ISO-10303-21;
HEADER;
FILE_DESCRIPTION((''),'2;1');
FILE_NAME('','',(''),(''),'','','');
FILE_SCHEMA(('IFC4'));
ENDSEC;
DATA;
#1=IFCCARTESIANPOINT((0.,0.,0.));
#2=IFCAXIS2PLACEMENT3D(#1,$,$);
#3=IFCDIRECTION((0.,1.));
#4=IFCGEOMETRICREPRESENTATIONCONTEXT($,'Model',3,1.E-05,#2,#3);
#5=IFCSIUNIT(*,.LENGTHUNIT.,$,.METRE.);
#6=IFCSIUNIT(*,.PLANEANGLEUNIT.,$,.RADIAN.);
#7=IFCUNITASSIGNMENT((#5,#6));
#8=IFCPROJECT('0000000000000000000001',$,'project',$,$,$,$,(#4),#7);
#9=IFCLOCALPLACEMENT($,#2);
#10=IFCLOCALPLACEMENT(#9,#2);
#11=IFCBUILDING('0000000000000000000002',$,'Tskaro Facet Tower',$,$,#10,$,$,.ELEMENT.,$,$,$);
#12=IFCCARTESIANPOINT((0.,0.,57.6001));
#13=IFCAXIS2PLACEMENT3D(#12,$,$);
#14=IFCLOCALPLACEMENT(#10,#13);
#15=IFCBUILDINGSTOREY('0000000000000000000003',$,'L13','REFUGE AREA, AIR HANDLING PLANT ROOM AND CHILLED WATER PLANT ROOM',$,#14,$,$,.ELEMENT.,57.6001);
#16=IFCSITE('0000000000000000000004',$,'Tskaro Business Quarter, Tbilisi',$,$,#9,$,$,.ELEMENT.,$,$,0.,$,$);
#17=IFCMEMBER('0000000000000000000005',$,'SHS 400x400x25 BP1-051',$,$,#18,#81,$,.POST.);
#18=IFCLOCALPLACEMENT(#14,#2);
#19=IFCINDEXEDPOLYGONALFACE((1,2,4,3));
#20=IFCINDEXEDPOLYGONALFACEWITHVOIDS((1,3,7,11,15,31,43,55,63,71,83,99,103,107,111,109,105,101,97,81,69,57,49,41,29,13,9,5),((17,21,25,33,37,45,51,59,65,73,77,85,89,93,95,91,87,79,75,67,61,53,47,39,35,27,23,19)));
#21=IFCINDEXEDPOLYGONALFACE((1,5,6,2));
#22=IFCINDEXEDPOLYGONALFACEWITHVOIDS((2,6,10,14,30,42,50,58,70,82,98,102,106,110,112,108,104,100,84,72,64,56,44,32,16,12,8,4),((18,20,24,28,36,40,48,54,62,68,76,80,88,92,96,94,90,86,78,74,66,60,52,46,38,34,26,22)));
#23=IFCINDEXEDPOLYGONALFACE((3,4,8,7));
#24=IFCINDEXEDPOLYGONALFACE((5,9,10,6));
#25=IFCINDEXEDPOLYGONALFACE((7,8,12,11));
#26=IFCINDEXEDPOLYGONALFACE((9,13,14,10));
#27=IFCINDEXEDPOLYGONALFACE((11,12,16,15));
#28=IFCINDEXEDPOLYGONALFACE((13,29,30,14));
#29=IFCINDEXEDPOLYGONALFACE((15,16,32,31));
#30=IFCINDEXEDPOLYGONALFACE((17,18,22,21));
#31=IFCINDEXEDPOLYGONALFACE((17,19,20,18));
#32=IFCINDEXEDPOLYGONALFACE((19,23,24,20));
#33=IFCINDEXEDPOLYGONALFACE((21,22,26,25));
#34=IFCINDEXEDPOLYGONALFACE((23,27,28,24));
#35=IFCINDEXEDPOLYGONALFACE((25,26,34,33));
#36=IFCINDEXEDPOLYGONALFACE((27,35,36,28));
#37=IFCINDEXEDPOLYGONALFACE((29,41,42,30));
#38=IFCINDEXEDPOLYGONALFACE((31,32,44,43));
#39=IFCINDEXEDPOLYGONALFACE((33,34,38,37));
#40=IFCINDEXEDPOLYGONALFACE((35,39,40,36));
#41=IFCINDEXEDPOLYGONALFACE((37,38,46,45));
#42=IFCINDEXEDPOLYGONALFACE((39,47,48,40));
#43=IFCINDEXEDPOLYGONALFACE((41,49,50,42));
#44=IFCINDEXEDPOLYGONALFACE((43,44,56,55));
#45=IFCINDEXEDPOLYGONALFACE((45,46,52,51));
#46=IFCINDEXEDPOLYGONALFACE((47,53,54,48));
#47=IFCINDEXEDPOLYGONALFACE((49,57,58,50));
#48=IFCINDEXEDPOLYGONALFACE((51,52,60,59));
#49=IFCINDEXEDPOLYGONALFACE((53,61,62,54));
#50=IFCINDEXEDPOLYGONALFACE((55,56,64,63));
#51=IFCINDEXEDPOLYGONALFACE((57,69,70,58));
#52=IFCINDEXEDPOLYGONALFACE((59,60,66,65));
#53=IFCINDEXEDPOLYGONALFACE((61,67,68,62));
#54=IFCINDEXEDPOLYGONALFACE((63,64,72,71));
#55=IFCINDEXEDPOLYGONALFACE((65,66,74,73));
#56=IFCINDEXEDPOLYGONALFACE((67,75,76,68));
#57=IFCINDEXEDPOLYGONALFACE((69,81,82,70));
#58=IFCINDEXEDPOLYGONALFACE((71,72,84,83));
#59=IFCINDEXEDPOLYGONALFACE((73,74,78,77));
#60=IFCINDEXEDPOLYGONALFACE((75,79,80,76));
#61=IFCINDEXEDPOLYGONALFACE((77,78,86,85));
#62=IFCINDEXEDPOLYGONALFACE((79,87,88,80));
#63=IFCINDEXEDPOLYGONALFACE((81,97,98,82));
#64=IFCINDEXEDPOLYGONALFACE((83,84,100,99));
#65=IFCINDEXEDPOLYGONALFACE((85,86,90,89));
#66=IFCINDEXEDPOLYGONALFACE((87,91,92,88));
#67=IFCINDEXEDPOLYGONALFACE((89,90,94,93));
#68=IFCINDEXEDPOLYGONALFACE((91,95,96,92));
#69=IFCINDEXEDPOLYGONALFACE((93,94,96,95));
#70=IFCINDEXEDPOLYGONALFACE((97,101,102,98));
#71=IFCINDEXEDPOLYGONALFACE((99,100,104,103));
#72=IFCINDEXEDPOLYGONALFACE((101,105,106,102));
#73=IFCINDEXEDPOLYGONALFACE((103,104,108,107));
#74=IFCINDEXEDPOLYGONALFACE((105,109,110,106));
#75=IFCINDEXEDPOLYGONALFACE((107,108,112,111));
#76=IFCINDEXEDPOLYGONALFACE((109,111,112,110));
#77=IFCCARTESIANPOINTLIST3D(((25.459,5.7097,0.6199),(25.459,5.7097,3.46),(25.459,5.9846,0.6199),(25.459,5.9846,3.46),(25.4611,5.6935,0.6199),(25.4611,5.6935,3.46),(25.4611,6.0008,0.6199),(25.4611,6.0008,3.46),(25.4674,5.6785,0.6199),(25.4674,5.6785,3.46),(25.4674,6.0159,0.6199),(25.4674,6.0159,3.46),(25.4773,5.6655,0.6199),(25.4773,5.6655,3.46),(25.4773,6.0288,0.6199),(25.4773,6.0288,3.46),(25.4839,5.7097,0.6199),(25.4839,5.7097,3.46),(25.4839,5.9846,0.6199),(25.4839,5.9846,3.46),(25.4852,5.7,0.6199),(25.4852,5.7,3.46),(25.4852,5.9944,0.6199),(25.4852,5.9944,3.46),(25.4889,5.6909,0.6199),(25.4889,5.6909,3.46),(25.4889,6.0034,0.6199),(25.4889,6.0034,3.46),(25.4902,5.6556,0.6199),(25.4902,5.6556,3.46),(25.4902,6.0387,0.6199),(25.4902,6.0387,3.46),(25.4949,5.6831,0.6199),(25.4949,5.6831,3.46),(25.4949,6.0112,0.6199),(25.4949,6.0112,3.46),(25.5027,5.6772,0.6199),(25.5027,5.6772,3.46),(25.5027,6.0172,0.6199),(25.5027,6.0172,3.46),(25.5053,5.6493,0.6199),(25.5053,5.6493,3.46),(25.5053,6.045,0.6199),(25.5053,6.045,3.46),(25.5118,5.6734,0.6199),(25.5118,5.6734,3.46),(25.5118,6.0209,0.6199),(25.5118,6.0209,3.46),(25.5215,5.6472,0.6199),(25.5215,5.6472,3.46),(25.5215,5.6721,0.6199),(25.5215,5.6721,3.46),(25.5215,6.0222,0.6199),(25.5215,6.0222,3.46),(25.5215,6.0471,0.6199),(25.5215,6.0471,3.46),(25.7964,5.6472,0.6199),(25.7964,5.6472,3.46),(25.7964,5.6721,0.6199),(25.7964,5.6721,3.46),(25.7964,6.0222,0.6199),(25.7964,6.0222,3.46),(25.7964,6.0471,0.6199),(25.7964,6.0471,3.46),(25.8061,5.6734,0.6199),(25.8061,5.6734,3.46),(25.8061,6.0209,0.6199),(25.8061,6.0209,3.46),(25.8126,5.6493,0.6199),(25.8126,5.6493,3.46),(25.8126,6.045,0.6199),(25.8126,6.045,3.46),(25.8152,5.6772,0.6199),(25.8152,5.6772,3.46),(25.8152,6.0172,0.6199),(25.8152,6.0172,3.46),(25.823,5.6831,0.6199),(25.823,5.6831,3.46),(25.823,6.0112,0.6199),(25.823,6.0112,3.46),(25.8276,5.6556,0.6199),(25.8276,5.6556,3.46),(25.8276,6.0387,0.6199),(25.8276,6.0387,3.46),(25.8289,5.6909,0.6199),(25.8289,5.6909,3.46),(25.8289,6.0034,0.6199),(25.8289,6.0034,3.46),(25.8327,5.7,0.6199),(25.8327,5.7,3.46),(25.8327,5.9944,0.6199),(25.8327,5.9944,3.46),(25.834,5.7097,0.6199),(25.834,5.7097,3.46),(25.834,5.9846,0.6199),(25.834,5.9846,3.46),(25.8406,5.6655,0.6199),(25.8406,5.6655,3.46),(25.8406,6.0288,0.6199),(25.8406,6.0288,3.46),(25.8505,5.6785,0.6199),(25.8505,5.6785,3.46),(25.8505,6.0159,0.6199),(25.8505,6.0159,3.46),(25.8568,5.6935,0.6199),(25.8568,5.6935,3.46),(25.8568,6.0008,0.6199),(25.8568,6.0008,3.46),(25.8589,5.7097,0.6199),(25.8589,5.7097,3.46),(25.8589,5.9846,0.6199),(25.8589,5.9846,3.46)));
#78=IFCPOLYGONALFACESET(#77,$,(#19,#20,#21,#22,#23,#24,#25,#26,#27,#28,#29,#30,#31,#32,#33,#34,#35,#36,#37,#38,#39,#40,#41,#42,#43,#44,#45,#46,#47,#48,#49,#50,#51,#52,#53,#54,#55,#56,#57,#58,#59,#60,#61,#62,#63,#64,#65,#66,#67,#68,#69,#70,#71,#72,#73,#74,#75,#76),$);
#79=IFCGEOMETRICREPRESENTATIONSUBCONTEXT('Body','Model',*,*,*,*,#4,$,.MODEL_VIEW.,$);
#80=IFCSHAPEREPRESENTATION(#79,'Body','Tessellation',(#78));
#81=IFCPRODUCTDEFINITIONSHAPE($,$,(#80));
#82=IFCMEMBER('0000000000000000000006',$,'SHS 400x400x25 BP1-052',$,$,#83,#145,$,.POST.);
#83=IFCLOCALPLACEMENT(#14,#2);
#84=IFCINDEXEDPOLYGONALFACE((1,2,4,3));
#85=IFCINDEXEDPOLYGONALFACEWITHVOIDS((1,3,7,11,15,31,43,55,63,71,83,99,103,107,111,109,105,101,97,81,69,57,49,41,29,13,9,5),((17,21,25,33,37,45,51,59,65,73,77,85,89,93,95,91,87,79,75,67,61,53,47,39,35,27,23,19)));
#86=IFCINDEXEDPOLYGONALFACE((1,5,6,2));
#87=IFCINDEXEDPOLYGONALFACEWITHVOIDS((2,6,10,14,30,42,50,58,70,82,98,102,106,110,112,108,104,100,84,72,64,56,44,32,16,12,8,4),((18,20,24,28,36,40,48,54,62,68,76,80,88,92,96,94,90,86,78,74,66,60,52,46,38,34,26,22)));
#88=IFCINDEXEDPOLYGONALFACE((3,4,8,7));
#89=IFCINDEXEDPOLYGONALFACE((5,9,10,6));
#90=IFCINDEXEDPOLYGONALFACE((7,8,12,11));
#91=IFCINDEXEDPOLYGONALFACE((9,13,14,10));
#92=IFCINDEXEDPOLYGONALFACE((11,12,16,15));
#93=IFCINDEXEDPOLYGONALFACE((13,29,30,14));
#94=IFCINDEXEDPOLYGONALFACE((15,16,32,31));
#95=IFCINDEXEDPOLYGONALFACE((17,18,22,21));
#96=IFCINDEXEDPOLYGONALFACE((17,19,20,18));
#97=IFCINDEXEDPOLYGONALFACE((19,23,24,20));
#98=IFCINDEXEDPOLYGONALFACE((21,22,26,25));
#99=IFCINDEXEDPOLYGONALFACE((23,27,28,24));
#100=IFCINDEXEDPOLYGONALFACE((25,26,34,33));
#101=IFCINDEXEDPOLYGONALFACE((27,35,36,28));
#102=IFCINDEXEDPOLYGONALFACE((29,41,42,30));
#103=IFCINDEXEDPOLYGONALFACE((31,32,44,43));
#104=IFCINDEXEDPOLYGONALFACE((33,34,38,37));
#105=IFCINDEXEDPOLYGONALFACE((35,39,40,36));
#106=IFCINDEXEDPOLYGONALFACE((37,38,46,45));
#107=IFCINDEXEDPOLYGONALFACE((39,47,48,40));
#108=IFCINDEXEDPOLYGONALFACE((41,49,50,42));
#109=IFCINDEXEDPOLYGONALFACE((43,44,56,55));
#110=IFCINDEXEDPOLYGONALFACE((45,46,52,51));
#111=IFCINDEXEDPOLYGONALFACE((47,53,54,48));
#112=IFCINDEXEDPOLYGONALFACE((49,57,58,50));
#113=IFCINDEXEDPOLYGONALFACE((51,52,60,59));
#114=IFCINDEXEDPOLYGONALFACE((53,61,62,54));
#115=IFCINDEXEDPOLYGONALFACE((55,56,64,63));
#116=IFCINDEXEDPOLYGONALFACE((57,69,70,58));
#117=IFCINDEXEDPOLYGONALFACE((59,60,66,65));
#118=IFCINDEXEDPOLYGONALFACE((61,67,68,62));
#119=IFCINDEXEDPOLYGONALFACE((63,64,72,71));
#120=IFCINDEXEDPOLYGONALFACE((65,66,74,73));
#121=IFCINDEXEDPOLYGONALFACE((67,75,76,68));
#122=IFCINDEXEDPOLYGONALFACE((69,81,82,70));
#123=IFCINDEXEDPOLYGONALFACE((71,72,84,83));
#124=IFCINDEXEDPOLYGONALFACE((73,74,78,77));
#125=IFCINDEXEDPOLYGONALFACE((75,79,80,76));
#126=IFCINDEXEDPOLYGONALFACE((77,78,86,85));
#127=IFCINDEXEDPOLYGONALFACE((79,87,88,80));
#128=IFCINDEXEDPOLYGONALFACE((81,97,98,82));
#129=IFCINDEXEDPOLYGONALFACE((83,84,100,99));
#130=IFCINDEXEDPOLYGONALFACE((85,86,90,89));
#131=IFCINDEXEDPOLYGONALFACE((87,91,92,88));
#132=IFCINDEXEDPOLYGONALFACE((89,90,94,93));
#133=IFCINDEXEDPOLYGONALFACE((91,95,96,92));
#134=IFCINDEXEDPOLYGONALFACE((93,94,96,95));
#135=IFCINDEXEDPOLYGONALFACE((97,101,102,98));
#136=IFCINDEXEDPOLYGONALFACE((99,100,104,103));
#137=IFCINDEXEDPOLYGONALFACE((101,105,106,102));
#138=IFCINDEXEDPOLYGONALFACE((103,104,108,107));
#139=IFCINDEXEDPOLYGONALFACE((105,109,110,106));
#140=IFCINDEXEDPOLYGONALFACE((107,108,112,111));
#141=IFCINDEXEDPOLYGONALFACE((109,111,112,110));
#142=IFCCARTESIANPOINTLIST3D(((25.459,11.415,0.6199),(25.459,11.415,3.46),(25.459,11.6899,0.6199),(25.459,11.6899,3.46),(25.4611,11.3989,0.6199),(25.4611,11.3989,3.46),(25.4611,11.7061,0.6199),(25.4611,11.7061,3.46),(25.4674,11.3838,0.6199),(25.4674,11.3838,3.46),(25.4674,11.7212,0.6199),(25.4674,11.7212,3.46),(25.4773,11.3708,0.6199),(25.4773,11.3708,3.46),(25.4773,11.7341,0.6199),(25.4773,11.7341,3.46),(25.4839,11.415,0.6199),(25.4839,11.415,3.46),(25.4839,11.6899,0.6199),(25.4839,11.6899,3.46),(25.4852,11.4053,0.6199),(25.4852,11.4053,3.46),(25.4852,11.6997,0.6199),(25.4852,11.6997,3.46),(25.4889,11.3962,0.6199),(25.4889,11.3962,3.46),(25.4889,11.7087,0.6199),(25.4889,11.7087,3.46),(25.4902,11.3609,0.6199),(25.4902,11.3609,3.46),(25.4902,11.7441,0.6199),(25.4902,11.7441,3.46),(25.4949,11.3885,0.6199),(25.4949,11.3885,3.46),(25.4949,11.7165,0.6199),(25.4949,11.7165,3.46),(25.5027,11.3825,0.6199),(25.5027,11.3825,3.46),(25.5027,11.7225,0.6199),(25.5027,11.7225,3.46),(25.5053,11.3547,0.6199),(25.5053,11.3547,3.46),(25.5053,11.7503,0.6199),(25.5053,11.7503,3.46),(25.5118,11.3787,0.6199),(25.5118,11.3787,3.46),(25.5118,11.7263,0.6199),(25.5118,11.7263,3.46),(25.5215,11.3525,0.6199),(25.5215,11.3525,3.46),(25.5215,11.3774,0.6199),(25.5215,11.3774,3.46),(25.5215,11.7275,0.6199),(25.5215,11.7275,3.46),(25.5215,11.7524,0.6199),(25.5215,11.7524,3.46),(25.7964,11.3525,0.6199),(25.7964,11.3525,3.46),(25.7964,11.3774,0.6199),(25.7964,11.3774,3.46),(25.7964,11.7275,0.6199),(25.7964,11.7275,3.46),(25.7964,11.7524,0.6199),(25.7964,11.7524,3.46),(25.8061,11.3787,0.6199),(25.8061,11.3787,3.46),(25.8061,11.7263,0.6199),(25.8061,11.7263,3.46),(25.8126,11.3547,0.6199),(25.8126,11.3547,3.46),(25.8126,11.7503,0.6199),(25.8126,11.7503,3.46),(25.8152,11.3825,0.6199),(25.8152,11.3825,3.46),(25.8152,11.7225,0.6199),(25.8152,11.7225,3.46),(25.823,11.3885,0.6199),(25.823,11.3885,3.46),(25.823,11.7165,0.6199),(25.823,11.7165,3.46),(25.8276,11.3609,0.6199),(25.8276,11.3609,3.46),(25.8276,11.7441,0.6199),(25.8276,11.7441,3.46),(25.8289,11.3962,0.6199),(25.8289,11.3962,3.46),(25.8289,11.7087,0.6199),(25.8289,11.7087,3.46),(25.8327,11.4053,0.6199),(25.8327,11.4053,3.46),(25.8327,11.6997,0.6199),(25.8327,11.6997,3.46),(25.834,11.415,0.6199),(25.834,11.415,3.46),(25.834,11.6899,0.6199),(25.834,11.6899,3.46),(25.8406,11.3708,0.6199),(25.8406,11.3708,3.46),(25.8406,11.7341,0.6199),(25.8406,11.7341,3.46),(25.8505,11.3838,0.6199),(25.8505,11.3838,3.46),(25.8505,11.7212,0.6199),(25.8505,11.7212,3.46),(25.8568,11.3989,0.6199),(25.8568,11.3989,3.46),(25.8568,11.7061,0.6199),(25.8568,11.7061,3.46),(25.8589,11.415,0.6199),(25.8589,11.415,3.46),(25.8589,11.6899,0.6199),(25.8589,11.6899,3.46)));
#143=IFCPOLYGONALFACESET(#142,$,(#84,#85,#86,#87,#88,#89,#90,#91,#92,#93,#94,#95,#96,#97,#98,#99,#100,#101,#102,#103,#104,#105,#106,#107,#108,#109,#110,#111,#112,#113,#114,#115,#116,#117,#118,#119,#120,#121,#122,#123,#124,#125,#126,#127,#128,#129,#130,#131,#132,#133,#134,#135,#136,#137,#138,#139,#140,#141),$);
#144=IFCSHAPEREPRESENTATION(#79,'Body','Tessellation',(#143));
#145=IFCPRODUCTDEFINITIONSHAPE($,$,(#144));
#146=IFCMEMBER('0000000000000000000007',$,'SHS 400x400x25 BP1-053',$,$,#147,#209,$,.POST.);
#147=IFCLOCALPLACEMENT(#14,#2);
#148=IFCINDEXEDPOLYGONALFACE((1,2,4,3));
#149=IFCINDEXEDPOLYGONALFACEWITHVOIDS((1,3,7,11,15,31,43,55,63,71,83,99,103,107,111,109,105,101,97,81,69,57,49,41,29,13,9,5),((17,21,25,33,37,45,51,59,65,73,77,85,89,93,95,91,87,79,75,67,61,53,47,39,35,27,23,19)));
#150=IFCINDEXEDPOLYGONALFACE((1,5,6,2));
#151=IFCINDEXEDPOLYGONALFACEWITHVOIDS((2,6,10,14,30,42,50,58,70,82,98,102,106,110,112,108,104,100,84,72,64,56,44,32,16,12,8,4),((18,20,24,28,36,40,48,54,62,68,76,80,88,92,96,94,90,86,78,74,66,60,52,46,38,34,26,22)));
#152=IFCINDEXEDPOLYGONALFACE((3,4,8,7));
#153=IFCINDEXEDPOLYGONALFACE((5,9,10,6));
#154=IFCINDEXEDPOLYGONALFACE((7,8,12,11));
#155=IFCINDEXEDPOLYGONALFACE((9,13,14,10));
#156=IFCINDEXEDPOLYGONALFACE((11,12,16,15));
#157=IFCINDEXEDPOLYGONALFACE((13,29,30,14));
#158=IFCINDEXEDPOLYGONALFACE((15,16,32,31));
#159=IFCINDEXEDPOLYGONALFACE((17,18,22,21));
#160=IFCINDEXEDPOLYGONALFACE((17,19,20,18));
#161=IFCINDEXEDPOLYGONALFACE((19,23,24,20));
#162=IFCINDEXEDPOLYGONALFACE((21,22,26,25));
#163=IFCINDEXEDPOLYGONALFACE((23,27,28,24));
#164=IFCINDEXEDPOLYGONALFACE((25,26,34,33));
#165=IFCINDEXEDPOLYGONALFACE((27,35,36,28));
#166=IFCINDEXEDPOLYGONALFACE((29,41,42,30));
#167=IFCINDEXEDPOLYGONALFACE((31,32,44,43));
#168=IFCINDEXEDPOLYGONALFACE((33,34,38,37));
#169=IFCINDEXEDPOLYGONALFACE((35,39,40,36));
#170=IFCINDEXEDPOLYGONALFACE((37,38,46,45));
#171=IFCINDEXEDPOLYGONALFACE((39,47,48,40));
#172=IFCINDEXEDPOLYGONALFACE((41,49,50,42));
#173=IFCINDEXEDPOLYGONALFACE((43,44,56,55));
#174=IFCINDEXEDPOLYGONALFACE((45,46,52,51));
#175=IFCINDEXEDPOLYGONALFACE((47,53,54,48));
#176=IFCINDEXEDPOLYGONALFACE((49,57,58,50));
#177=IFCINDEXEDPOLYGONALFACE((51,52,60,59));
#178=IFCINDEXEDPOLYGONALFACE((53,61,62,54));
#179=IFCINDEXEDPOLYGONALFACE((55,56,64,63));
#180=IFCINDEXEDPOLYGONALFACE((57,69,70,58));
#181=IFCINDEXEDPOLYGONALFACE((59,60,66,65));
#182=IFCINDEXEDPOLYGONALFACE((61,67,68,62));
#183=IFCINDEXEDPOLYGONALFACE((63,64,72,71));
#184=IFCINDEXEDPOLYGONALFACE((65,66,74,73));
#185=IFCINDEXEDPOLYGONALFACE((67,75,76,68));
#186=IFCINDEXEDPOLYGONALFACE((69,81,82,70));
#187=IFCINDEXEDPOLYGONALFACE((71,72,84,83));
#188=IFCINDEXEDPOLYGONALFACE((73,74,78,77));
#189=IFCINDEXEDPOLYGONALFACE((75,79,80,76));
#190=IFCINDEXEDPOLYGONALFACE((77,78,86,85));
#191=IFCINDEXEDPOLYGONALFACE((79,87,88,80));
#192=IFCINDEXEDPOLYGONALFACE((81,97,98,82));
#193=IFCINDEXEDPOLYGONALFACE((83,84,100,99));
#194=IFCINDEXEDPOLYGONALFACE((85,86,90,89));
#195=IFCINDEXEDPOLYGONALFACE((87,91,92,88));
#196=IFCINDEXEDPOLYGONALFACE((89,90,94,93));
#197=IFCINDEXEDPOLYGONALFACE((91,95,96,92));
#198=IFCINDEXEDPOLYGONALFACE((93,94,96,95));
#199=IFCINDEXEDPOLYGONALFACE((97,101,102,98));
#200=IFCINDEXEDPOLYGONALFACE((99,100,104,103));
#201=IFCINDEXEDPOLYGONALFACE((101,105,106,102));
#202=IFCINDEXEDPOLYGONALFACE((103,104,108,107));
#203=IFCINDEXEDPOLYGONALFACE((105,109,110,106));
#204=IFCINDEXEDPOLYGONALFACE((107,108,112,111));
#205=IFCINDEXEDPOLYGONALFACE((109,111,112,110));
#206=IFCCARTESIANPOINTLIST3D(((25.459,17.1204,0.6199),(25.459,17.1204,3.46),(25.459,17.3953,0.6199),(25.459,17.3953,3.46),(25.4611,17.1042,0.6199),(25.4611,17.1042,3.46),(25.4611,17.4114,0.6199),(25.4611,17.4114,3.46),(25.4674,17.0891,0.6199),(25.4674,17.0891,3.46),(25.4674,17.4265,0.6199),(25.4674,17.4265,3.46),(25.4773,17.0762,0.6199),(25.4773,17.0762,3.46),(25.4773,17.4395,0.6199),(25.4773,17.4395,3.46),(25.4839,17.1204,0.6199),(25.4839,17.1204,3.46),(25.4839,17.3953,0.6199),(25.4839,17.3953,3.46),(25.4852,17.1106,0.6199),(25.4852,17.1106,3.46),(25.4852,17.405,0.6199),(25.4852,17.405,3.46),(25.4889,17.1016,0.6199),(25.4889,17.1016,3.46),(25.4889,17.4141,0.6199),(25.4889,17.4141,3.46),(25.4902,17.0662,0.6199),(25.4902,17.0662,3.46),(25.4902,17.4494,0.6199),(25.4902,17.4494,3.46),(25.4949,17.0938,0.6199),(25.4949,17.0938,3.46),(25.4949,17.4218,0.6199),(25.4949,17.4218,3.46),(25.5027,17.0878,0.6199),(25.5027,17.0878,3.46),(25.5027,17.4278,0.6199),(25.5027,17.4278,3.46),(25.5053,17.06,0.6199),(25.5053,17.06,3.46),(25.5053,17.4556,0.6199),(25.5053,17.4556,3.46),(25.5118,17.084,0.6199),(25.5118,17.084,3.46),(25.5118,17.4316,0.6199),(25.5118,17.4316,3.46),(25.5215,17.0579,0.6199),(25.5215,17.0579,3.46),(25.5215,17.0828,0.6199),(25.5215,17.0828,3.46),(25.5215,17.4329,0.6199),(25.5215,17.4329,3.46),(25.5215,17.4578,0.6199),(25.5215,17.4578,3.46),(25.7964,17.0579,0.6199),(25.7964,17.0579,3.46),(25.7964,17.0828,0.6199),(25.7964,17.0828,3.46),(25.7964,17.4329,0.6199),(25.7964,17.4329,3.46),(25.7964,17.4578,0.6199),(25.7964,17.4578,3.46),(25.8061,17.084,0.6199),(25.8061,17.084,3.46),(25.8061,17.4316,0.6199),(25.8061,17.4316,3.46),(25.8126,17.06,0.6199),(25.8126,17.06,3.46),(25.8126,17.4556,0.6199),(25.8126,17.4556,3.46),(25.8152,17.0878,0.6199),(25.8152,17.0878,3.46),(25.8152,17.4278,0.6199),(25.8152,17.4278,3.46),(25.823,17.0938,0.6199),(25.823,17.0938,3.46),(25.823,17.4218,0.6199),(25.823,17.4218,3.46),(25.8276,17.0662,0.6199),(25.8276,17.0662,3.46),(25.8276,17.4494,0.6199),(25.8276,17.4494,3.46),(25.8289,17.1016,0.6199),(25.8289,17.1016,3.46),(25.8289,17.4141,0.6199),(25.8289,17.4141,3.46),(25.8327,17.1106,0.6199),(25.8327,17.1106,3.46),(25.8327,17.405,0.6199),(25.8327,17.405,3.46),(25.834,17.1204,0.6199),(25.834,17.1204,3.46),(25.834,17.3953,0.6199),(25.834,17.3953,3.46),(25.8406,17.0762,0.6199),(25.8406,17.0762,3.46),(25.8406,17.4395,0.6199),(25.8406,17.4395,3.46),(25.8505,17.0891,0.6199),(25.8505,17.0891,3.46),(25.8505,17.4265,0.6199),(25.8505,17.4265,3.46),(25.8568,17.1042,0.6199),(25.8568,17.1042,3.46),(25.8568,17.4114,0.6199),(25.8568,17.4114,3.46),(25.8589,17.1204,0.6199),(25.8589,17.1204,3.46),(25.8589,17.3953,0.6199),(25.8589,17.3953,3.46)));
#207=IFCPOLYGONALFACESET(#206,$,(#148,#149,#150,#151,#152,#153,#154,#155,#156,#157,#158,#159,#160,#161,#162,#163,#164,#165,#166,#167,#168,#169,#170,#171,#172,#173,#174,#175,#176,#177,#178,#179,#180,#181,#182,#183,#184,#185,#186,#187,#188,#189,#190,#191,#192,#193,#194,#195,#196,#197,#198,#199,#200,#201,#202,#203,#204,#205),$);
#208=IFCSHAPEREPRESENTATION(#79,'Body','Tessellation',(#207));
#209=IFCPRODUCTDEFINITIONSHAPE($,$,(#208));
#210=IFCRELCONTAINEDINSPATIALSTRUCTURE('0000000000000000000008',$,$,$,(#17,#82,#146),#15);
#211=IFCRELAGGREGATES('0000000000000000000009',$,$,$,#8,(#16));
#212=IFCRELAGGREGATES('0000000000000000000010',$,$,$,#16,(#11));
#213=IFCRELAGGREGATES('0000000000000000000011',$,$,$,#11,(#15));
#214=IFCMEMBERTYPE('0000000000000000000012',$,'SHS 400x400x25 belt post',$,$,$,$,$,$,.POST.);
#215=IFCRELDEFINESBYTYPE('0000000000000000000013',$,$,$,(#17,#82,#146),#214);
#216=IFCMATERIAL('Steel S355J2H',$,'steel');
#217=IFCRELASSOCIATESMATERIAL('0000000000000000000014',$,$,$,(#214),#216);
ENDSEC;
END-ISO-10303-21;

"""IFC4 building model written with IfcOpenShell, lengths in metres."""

from ifc_helpers import new_model, si_unit, direction, frame, origin, origin_2d, place, context, subcontext, project, spatial, hollow_rectangle, extrude, material, material_profile, profile_set, type_object, element, save


model = new_model("IFC4")

# Units and contexts
model_context = context("Model", 3, precision=1e-05, world=origin(), true_north=direction((0.0, 1.0)))
body_context = subcontext(model_context, "Body", "Model", "MODEL_VIEW")
ifc_project = project(units=[si_unit("LENGTHUNIT", "METRE"), si_unit("PLANEANGLEUNIT", "RADIAN")], contexts=[model_context])

# Site, building, storey
site_placement = place(None, origin())
site = spatial("IfcSite", under=ifc_project, at=site_placement, Name="Tskaro Business Quarter, Tbilisi", CompositionType="ELEMENT", RefElevation=0.0)
building_placement = place(site_placement, origin())
building = spatial("IfcBuilding", under=site, at=building_placement, Name="Tskaro Facet Tower", CompositionType="ELEMENT")
storey_placement = place(building_placement, frame((0.0, 0.0, 57.6001)))
storey = spatial("IfcBuildingStorey", under=building, at=storey_placement, Name="L13", Description="REFUGE AREA, AIR HANDLING PLANT ROOM AND CHILLED WATER PLANT ROOM", CompositionType="ELEMENT", Elevation=57.6001)

# Shared definitions
ifc_material_1 = material(Name="Steel S355J2H", Category="steel")

# Members
ifc_material_profile_1 = material_profile(ifc_material_1, hollow_rectangle(XDim=0.3999, YDim=0.3999, WallThickness=0.0249, InnerFilletRadius=0.0376, OuterFilletRadius=0.0625, at=origin_2d()), Name="SHS 400x400x25")
ifc_profile_set_1 = profile_set([ifc_material_profile_1], Name="Steel S355J2H")
member_type_1 = type_object("IfcMemberType", Name="SHS 400x400x25 belt post", PredefinedType="POST", material=ifc_profile_set_1)
for number, where, z_axis, x_axis, name in (
    (1, (25.6589, 5.8472, 0.6199), (0.0, 0.0, 1.0), (1.0, 0.0, 0.0), "SHS 400x400x25 BP1-051"),
    (2, (25.6589, 11.5525, 0.6199), (0.0, 0.0, 1.0), (1.0, 0.0, 0.0), "SHS 400x400x25 BP1-052"),
    (3, (25.6589, 17.2578, 0.6199), (0.0, 0.0, 1.0), (1.0, 0.0, 0.0), "SHS 400x400x25 BP1-053"),
):
    element("IfcMember", number, at=place(storey_placement, frame(where, z_axis=z_axis, x_axis=x_axis)), inside=storey, type_object=member_type_1, Name=name, PredefinedType="POST", context=body_context, shape_type="SweptSolid", body=[
        extrude(hollow_rectangle(XDim=0.3999, YDim=0.3999, WallThickness=0.0249, InnerFilletRadius=0.0376, OuterFilletRadius=0.0625, at=origin_2d()), origin(), (0.0, 0.0, 1.0), 2.8401),
    ])

save(model, "model.ifc")
